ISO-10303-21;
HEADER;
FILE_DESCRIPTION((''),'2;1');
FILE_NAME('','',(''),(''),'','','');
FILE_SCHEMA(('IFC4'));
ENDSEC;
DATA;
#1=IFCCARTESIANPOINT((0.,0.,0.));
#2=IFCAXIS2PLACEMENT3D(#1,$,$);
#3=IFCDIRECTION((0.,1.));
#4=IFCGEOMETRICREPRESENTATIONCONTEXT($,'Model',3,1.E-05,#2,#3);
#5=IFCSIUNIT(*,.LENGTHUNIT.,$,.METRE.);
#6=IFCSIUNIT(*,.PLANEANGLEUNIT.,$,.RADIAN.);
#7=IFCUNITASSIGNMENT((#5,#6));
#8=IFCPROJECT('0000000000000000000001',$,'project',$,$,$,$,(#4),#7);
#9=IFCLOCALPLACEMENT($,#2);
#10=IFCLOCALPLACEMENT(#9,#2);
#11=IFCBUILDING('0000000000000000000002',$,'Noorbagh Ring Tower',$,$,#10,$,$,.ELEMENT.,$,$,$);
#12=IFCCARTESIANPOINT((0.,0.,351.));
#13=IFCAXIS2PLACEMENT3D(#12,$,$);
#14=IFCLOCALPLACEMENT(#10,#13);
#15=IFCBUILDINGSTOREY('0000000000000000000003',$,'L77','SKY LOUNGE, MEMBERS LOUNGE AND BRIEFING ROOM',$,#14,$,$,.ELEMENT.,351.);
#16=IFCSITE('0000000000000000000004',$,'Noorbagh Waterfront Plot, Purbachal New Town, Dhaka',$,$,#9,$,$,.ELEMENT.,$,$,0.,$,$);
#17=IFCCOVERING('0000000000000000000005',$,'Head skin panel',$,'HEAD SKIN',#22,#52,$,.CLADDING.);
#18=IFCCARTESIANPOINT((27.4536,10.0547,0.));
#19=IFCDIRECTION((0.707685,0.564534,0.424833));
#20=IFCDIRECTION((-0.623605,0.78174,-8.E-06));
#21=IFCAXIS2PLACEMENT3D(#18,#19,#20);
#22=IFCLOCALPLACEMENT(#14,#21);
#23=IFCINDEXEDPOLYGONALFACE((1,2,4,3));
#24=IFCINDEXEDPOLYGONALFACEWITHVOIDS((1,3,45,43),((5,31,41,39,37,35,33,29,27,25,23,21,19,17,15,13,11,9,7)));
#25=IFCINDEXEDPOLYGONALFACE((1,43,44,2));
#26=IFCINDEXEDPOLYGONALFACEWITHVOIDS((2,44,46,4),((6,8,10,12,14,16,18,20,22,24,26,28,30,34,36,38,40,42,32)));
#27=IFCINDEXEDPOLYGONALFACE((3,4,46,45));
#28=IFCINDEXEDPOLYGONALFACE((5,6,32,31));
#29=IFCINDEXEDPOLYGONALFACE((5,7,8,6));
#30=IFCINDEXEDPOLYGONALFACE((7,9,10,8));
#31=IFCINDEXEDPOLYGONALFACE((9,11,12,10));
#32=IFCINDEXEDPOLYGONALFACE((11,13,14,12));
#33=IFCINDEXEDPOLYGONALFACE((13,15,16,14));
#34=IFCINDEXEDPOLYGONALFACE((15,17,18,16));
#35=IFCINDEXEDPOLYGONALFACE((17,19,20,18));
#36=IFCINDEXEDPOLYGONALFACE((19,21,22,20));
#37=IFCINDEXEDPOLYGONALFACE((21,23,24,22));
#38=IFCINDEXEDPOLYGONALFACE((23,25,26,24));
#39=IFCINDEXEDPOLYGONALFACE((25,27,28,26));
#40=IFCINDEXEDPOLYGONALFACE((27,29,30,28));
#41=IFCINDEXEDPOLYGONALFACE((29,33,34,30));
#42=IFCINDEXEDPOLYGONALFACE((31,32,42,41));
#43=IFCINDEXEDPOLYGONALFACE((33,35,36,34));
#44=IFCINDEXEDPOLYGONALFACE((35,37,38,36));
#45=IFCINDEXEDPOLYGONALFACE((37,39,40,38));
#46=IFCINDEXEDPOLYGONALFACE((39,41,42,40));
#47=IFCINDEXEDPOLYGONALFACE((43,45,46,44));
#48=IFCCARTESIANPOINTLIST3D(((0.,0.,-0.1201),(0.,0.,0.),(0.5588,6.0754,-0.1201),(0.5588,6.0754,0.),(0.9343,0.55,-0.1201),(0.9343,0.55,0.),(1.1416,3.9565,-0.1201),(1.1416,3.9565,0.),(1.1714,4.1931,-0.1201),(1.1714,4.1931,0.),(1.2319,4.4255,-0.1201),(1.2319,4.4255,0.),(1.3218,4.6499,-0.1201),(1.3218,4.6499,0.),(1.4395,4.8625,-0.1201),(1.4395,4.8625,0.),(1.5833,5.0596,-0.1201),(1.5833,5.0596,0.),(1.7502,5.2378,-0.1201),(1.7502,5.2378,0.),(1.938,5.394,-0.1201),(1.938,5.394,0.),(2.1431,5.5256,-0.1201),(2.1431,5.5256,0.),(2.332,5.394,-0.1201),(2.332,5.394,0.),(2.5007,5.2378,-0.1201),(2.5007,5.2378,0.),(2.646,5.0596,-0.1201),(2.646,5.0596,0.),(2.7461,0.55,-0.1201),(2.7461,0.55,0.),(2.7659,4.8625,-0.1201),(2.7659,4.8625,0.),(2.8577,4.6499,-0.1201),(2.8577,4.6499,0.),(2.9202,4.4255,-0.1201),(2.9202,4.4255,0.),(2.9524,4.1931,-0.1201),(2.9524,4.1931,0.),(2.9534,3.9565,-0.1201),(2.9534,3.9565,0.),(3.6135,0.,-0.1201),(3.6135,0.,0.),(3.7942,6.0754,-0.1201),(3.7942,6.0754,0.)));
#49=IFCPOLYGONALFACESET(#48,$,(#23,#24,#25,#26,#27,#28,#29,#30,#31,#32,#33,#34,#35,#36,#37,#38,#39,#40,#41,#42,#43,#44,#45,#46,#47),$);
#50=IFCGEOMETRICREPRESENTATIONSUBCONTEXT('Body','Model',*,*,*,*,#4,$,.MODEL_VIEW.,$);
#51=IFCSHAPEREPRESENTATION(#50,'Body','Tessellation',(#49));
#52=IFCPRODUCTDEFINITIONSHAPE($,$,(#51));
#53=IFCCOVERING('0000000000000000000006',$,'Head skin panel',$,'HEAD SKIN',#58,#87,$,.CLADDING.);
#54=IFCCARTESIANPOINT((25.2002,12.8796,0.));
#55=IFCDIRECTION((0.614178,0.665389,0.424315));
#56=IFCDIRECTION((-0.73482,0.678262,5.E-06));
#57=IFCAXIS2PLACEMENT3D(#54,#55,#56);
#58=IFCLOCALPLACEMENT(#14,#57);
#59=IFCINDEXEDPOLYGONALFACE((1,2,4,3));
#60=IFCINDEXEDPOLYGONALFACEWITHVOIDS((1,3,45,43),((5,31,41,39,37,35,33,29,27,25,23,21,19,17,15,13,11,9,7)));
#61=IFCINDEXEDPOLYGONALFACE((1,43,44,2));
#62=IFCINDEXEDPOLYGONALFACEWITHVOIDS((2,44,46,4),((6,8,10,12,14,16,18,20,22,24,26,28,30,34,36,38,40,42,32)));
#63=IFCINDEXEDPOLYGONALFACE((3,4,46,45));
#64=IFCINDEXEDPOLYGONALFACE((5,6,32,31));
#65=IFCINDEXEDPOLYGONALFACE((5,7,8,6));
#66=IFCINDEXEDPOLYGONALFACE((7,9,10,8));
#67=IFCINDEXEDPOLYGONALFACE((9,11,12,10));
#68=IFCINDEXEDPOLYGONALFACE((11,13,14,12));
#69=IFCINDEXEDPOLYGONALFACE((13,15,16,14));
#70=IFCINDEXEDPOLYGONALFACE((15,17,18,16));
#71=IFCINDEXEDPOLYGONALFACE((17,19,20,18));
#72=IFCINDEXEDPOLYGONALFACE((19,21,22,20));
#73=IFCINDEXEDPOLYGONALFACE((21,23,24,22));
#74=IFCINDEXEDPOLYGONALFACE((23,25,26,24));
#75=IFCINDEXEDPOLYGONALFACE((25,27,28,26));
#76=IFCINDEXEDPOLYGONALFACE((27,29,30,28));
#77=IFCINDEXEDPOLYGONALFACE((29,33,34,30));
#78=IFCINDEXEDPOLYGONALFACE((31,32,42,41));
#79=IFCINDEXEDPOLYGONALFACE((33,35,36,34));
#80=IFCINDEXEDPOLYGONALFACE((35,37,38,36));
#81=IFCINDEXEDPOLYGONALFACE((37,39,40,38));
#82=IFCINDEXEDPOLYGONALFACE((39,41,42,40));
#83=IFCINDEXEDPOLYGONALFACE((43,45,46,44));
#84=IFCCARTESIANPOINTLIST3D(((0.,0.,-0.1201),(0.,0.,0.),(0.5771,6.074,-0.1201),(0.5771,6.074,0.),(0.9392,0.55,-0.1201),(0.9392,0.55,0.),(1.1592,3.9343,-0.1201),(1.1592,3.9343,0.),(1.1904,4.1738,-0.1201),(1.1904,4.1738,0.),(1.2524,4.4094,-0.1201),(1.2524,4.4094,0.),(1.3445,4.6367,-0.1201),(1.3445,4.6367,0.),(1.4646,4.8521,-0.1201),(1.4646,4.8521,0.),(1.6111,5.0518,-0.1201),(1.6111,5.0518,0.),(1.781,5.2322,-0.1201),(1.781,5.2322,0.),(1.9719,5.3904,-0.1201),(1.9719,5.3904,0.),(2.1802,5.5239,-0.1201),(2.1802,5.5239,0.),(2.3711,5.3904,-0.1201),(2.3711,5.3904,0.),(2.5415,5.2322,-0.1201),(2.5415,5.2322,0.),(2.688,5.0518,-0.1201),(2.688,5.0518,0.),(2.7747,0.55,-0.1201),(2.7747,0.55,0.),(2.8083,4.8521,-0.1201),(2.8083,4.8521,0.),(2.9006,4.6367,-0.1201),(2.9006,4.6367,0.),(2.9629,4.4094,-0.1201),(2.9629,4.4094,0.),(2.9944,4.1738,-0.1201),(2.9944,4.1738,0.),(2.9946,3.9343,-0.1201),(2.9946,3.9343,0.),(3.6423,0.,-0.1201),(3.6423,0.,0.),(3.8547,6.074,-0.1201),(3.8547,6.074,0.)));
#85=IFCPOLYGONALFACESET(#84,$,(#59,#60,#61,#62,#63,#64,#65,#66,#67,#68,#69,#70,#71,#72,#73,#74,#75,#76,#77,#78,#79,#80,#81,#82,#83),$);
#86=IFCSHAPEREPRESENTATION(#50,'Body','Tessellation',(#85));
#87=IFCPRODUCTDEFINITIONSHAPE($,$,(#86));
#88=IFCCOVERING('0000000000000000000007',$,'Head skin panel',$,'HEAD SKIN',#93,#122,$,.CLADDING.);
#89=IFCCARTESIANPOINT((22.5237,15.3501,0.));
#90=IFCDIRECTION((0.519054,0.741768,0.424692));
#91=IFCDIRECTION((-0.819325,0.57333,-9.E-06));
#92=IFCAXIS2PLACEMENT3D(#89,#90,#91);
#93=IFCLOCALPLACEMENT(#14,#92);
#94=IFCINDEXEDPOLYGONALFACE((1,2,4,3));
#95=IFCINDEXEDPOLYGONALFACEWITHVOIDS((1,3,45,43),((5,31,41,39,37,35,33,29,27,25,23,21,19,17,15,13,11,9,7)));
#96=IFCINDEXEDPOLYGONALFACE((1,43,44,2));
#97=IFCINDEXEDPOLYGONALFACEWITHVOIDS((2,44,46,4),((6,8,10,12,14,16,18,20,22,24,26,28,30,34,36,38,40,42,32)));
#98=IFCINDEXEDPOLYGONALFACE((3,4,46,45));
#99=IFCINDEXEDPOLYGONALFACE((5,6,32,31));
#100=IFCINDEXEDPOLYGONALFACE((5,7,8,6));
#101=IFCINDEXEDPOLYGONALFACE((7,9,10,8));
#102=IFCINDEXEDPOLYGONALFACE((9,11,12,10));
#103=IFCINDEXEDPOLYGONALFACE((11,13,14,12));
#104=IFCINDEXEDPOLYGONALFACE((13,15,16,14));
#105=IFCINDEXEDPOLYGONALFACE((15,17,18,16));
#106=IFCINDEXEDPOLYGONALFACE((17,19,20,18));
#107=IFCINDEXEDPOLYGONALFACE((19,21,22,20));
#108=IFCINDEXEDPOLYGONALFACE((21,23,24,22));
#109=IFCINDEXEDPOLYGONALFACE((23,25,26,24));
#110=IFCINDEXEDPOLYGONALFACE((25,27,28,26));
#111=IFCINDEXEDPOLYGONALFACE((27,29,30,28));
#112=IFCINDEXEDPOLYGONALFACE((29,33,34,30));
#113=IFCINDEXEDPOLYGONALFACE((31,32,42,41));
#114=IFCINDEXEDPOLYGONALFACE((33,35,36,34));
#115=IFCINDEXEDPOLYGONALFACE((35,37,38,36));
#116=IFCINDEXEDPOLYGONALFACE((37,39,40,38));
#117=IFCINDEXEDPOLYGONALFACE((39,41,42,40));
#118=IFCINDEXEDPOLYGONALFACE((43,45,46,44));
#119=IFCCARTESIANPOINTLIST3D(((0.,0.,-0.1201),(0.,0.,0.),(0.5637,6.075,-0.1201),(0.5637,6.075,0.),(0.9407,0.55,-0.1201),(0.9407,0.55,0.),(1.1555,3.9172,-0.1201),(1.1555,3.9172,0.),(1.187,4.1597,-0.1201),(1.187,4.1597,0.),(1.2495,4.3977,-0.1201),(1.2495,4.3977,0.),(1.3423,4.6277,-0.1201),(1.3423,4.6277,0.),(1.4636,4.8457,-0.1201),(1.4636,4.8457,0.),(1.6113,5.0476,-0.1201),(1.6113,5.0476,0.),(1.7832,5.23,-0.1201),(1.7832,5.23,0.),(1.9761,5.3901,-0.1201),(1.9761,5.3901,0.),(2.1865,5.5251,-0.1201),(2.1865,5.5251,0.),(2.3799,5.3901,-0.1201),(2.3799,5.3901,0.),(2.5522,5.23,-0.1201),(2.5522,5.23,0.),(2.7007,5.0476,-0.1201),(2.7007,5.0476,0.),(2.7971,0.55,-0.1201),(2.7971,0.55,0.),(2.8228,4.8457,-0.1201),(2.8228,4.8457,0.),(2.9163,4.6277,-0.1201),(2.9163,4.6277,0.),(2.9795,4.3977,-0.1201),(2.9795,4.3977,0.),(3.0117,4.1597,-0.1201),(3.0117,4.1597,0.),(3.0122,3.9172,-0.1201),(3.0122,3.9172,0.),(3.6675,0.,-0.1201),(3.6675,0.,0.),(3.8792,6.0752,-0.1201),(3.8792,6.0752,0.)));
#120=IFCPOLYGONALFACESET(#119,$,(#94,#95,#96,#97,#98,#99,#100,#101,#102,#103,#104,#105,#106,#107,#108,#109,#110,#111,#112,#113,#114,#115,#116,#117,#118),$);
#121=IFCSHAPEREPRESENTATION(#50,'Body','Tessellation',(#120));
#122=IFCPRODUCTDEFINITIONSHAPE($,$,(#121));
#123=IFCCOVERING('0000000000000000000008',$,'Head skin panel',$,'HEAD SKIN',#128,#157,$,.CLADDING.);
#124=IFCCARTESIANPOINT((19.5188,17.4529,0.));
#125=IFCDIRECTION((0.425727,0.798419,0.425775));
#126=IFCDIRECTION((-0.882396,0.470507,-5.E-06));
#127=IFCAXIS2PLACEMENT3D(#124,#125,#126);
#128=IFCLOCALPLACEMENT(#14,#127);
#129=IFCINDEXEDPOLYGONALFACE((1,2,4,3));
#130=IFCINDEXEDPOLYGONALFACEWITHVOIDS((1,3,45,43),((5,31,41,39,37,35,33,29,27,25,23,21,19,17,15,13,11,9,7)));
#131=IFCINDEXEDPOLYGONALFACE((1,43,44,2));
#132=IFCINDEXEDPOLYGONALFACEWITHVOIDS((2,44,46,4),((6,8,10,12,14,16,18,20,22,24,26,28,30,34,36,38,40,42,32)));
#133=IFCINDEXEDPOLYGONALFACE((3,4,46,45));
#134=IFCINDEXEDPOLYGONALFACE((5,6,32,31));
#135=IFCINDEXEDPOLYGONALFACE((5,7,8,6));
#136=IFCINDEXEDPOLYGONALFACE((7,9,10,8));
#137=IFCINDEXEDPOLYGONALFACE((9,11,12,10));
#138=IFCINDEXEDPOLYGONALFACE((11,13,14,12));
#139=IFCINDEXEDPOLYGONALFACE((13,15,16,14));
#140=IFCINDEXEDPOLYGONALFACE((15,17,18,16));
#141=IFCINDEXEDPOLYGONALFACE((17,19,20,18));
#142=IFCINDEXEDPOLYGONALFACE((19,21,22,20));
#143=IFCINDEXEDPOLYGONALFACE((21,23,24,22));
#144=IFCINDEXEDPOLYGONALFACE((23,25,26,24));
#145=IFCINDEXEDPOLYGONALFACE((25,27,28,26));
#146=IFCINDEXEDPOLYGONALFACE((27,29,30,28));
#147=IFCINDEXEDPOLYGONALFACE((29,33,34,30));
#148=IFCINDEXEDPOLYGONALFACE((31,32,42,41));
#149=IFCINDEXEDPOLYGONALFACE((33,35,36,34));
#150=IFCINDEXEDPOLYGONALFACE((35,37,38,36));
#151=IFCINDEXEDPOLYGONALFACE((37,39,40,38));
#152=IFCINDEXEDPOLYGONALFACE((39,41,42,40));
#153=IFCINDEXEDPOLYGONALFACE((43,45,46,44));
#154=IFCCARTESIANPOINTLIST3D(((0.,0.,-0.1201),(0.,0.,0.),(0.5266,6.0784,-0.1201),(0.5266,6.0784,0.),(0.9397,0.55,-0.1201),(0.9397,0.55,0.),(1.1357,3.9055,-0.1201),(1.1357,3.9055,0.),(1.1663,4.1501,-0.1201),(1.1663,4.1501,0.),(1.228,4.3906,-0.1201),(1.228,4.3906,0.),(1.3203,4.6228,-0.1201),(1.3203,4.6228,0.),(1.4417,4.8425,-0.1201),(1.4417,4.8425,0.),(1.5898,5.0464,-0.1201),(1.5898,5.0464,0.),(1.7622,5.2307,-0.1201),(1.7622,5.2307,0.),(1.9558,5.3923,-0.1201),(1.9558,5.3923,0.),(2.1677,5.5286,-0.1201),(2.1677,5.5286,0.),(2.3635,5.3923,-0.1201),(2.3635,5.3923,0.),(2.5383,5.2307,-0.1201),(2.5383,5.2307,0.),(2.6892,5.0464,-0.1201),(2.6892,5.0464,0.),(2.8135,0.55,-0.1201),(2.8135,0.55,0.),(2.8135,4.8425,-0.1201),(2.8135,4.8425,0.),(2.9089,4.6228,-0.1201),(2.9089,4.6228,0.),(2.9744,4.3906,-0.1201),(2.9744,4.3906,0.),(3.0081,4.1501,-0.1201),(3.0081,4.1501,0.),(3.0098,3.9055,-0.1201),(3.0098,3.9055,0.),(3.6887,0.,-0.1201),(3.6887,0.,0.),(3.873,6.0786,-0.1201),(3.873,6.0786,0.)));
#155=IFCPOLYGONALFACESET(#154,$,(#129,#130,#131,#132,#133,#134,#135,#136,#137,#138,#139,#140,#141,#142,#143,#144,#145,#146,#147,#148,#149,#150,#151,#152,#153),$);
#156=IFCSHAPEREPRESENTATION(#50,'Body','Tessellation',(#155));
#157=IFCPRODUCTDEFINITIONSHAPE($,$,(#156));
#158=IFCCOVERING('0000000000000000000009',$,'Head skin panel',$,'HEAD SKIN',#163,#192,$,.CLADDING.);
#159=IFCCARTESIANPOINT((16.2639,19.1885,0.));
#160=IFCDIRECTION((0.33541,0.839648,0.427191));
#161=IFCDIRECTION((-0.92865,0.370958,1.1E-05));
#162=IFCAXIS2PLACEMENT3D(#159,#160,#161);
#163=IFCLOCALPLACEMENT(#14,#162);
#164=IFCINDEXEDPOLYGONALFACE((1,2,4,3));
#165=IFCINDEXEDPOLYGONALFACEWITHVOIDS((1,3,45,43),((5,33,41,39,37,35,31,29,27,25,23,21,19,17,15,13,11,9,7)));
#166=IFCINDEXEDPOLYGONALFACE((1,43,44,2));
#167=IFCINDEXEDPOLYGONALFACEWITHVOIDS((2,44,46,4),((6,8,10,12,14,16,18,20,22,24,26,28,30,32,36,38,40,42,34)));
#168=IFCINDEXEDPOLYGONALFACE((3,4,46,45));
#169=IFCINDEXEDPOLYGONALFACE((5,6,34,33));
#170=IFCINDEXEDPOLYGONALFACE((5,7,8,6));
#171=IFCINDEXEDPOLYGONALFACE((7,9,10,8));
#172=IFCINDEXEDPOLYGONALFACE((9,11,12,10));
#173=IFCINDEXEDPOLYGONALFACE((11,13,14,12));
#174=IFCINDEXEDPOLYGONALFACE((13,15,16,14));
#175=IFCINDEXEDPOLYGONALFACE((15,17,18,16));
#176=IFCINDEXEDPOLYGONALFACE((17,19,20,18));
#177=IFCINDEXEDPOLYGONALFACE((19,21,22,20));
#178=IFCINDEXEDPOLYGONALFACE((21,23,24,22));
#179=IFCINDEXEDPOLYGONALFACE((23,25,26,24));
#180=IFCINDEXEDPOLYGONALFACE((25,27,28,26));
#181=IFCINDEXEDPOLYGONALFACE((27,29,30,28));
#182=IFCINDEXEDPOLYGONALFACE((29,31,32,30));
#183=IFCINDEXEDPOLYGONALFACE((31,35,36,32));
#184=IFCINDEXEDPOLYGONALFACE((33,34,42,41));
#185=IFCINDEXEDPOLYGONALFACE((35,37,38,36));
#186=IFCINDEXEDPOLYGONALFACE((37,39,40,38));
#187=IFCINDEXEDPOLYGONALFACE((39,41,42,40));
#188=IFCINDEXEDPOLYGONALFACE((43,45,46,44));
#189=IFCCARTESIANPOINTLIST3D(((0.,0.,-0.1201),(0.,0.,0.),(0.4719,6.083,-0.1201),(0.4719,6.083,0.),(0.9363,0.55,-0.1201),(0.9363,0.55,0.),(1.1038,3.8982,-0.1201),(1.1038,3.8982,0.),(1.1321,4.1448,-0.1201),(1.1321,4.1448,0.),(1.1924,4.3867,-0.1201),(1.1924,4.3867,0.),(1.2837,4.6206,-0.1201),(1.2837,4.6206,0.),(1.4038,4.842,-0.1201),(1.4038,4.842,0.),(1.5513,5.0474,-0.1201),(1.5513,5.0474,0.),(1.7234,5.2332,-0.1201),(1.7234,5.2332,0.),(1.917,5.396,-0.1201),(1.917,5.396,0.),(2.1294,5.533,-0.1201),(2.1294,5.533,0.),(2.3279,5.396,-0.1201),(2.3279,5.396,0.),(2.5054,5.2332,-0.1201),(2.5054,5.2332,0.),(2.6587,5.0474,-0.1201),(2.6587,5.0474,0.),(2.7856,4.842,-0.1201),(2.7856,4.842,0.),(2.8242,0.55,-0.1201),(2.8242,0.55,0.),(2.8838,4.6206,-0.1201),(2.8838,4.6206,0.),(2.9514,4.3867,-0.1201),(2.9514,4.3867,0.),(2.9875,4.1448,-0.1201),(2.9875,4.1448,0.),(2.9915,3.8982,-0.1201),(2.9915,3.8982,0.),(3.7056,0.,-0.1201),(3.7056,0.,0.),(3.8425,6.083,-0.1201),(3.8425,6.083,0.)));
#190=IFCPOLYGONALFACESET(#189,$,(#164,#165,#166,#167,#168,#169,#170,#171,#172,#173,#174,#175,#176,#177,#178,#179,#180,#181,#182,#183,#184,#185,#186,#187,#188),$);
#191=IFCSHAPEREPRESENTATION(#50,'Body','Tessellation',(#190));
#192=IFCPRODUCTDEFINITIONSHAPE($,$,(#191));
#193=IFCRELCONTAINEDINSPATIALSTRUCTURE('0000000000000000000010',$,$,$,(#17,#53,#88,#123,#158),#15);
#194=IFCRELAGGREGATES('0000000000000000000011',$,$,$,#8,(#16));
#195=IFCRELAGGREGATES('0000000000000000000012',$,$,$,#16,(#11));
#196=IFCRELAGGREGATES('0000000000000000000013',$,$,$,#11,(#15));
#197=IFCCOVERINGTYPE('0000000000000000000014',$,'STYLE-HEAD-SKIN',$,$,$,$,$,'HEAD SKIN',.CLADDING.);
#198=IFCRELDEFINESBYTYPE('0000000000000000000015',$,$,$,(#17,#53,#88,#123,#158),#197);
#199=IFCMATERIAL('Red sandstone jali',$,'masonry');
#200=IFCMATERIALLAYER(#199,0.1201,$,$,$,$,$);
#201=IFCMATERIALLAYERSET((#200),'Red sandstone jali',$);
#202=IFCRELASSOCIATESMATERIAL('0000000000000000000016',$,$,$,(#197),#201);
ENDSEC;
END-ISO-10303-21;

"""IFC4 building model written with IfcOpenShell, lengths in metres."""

from ifc_helpers import new_model, si_unit, direction, frame, origin, place, context, subcontext, project, spatial, polyline, outline, extrude, material, layer, layer_set, type_object, element, save


model = new_model("IFC4")

# Units and contexts
model_context = context("Model", 3, precision=1e-05, world=origin(), true_north=direction((0.0, 1.0)))
body_context = subcontext(model_context, "Body", "Model", "MODEL_VIEW")
ifc_project = project(units=[si_unit("LENGTHUNIT", "METRE"), si_unit("PLANEANGLEUNIT", "RADIAN")], contexts=[model_context])

# Site, building, storey
site_placement = place(None, origin())
site = spatial("IfcSite", under=ifc_project, at=site_placement, Name="Noorbagh Waterfront Plot, Purbachal New Town, Dhaka", CompositionType="ELEMENT", RefElevation=0.0)
building_placement = place(site_placement, origin())
building = spatial("IfcBuilding", under=site, at=building_placement, Name="Noorbagh Ring Tower", CompositionType="ELEMENT")
storey_placement = place(building_placement, frame((0.0, 0.0, 351.0)))
storey = spatial("IfcBuildingStorey", under=building, at=storey_placement, Name="L77", Description="SKY LOUNGE, MEMBERS LOUNGE AND BRIEFING ROOM", CompositionType="ELEMENT", Elevation=351.0)

# Coverings
ifc_material_1 = material(Name="Red sandstone jali", Category="masonry")
ifc_layer_1 = layer(ifc_material_1, 0.1201)
ifc_layer_set_1 = layer_set([ifc_layer_1], Name="Red sandstone jali")
covering_type_1 = type_object("IfcCoveringType", Name="STYLE-HEAD-SKIN", ElementType="HEAD SKIN", PredefinedType="CLADDING", material=ifc_layer_set_1)
covering_1_placement = place(storey_placement, frame((27.4536, 10.0547, 0.0), z_axis=(0.707685, 0.564534, 0.424833), x_axis=(-0.623605, 0.78174, -0.000008)))
element("IfcCovering", 1, at=covering_1_placement, inside=storey, type_object=covering_type_1, Name="Head skin panel", ObjectType="HEAD SKIN", PredefinedType="CLADDING", context=body_context, shape_type="SweptSolid", body=[
    extrude(outline(polyline([(0.0, 0.0), (3.6135, 0.0), (3.7942, 6.0754), (0.5588, 6.0754), (0.0, 0.0)]), holes=[polyline([(0.9343, 0.55), (1.1416, 3.9565), (1.1714, 4.1931), (1.2319, 4.4255), (1.3218, 4.6499), (1.4395, 4.8625), (1.5833, 5.0596), (1.7502, 5.2378), (1.938, 5.394), (2.1431, 5.5256), (2.332, 5.394), (2.5007, 5.2378), (2.646, 5.0596), (2.7659, 4.8625), (2.8577, 4.6499), (2.9202, 4.4255), (2.9524, 4.1931), (2.9534, 3.9565), (2.7461, 0.55), (0.9343, 0.55)])]), origin(), (0.0, 0.0, -1.0), 0.1201),
])
covering_2_placement = place(storey_placement, frame((25.2002, 12.8796, 0.0), z_axis=(0.614178, 0.665389, 0.424315), x_axis=(-0.73482, 0.678262, 0.000005)))
element("IfcCovering", 2, at=covering_2_placement, inside=storey, type_object=covering_type_1, Name="Head skin panel", ObjectType="HEAD SKIN", PredefinedType="CLADDING", context=body_context, shape_type="SweptSolid", body=[
    extrude(outline(polyline([(0.0, 0.0), (3.6423, 0.0), (3.8547, 6.074), (0.5771, 6.074), (0.0, 0.0)]), holes=[polyline([(0.9392, 0.55), (1.1592, 3.9343), (1.1904, 4.1738), (1.2524, 4.4094), (1.3445, 4.6367), (1.4646, 4.8521), (1.6111, 5.0518), (1.781, 5.2322), (1.9719, 5.3904), (2.1802, 5.5239), (2.3711, 5.3904), (2.5415, 5.2322), (2.688, 5.0518), (2.8083, 4.8521), (2.9006, 4.6367), (2.9629, 4.4094), (2.9944, 4.1738), (2.9946, 3.9343), (2.7747, 0.55), (0.9392, 0.55)])]), origin(), (0.0, 0.0, -1.0), 0.1201),
])
covering_3_placement = place(storey_placement, frame((22.5237, 15.3501, 0.0), z_axis=(0.519054, 0.741768, 0.424692), x_axis=(-0.819325, 0.57333, -0.000009)))
element("IfcCovering", 3, at=covering_3_placement, inside=storey, type_object=covering_type_1, Name="Head skin panel", ObjectType="HEAD SKIN", PredefinedType="CLADDING", context=body_context, shape_type="SweptSolid", body=[
    extrude(outline(polyline([(0.0, 0.0), (3.6675, 0.0), (3.8792, 6.0752), (0.5637, 6.075), (0.0, 0.0)]), holes=[polyline([(0.9407, 0.55), (1.1555, 3.9172), (1.187, 4.1597), (1.2495, 4.3977), (1.3423, 4.6277), (1.4636, 4.8457), (1.6113, 5.0476), (1.7832, 5.23), (1.9761, 5.3901), (2.1865, 5.5251), (2.3799, 5.3901), (2.5522, 5.23), (2.7007, 5.0476), (2.8228, 4.8457), (2.9163, 4.6277), (2.9795, 4.3977), (3.0117, 4.1597), (3.0122, 3.9172), (2.7971, 0.55), (0.9407, 0.55)])]), origin(), (0.0, 0.0, -1.0), 0.1201),
])
covering_4_placement = place(storey_placement, frame((19.5188, 17.4529, 0.0), z_axis=(0.425727, 0.798419, 0.425775), x_axis=(-0.882396, 0.470507, -0.000005)))
element("IfcCovering", 4, at=covering_4_placement, inside=storey, type_object=covering_type_1, Name="Head skin panel", ObjectType="HEAD SKIN", PredefinedType="CLADDING", context=body_context, shape_type="SweptSolid", body=[
    extrude(outline(polyline([(0.0, 0.0), (3.6887, 0.0), (3.873, 6.0786), (0.5266, 6.0784), (0.0, 0.0)]), holes=[polyline([(0.9397, 0.55), (1.1357, 3.9055), (1.1663, 4.1501), (1.228, 4.3906), (1.3203, 4.6228), (1.4417, 4.8425), (1.5898, 5.0464), (1.7622, 5.2307), (1.9558, 5.3923), (2.1677, 5.5286), (2.3635, 5.3923), (2.5383, 5.2307), (2.6892, 5.0464), (2.8135, 4.8425), (2.9089, 4.6228), (2.9744, 4.3906), (3.0081, 4.1501), (3.0098, 3.9055), (2.8135, 0.55), (0.9397, 0.55)])]), origin(), (0.0, 0.0, -1.0), 0.1201),
])
covering_5_placement = place(storey_placement, frame((16.2639, 19.1885, 0.0), z_axis=(0.33541, 0.839648, 0.427191), x_axis=(-0.92865, 0.370958, 0.000011)))
element("IfcCovering", 5, at=covering_5_placement, inside=storey, type_object=covering_type_1, Name="Head skin panel", ObjectType="HEAD SKIN", PredefinedType="CLADDING", context=body_context, shape_type="SweptSolid", body=[
    extrude(outline(polyline([(0.0, 0.0), (3.7056, 0.0), (3.8425, 6.083), (0.4719, 6.083), (0.0, 0.0)]), holes=[polyline([(0.9363, 0.55), (1.1038, 3.8982), (1.1321, 4.1448), (1.1924, 4.3867), (1.2837, 4.6206), (1.4038, 4.842), (1.5513, 5.0474), (1.7234, 5.2332), (1.917, 5.396), (2.1294, 5.533), (2.3279, 5.396), (2.5054, 5.2332), (2.6587, 5.0474), (2.7856, 4.842), (2.8838, 4.6206), (2.9514, 4.3867), (2.9875, 4.1448), (2.9915, 3.8982), (2.8242, 0.55), (0.9363, 0.55)])]), origin(), (0.0, 0.0, -1.0), 0.1201),
])

save(model, "model.ifc")
